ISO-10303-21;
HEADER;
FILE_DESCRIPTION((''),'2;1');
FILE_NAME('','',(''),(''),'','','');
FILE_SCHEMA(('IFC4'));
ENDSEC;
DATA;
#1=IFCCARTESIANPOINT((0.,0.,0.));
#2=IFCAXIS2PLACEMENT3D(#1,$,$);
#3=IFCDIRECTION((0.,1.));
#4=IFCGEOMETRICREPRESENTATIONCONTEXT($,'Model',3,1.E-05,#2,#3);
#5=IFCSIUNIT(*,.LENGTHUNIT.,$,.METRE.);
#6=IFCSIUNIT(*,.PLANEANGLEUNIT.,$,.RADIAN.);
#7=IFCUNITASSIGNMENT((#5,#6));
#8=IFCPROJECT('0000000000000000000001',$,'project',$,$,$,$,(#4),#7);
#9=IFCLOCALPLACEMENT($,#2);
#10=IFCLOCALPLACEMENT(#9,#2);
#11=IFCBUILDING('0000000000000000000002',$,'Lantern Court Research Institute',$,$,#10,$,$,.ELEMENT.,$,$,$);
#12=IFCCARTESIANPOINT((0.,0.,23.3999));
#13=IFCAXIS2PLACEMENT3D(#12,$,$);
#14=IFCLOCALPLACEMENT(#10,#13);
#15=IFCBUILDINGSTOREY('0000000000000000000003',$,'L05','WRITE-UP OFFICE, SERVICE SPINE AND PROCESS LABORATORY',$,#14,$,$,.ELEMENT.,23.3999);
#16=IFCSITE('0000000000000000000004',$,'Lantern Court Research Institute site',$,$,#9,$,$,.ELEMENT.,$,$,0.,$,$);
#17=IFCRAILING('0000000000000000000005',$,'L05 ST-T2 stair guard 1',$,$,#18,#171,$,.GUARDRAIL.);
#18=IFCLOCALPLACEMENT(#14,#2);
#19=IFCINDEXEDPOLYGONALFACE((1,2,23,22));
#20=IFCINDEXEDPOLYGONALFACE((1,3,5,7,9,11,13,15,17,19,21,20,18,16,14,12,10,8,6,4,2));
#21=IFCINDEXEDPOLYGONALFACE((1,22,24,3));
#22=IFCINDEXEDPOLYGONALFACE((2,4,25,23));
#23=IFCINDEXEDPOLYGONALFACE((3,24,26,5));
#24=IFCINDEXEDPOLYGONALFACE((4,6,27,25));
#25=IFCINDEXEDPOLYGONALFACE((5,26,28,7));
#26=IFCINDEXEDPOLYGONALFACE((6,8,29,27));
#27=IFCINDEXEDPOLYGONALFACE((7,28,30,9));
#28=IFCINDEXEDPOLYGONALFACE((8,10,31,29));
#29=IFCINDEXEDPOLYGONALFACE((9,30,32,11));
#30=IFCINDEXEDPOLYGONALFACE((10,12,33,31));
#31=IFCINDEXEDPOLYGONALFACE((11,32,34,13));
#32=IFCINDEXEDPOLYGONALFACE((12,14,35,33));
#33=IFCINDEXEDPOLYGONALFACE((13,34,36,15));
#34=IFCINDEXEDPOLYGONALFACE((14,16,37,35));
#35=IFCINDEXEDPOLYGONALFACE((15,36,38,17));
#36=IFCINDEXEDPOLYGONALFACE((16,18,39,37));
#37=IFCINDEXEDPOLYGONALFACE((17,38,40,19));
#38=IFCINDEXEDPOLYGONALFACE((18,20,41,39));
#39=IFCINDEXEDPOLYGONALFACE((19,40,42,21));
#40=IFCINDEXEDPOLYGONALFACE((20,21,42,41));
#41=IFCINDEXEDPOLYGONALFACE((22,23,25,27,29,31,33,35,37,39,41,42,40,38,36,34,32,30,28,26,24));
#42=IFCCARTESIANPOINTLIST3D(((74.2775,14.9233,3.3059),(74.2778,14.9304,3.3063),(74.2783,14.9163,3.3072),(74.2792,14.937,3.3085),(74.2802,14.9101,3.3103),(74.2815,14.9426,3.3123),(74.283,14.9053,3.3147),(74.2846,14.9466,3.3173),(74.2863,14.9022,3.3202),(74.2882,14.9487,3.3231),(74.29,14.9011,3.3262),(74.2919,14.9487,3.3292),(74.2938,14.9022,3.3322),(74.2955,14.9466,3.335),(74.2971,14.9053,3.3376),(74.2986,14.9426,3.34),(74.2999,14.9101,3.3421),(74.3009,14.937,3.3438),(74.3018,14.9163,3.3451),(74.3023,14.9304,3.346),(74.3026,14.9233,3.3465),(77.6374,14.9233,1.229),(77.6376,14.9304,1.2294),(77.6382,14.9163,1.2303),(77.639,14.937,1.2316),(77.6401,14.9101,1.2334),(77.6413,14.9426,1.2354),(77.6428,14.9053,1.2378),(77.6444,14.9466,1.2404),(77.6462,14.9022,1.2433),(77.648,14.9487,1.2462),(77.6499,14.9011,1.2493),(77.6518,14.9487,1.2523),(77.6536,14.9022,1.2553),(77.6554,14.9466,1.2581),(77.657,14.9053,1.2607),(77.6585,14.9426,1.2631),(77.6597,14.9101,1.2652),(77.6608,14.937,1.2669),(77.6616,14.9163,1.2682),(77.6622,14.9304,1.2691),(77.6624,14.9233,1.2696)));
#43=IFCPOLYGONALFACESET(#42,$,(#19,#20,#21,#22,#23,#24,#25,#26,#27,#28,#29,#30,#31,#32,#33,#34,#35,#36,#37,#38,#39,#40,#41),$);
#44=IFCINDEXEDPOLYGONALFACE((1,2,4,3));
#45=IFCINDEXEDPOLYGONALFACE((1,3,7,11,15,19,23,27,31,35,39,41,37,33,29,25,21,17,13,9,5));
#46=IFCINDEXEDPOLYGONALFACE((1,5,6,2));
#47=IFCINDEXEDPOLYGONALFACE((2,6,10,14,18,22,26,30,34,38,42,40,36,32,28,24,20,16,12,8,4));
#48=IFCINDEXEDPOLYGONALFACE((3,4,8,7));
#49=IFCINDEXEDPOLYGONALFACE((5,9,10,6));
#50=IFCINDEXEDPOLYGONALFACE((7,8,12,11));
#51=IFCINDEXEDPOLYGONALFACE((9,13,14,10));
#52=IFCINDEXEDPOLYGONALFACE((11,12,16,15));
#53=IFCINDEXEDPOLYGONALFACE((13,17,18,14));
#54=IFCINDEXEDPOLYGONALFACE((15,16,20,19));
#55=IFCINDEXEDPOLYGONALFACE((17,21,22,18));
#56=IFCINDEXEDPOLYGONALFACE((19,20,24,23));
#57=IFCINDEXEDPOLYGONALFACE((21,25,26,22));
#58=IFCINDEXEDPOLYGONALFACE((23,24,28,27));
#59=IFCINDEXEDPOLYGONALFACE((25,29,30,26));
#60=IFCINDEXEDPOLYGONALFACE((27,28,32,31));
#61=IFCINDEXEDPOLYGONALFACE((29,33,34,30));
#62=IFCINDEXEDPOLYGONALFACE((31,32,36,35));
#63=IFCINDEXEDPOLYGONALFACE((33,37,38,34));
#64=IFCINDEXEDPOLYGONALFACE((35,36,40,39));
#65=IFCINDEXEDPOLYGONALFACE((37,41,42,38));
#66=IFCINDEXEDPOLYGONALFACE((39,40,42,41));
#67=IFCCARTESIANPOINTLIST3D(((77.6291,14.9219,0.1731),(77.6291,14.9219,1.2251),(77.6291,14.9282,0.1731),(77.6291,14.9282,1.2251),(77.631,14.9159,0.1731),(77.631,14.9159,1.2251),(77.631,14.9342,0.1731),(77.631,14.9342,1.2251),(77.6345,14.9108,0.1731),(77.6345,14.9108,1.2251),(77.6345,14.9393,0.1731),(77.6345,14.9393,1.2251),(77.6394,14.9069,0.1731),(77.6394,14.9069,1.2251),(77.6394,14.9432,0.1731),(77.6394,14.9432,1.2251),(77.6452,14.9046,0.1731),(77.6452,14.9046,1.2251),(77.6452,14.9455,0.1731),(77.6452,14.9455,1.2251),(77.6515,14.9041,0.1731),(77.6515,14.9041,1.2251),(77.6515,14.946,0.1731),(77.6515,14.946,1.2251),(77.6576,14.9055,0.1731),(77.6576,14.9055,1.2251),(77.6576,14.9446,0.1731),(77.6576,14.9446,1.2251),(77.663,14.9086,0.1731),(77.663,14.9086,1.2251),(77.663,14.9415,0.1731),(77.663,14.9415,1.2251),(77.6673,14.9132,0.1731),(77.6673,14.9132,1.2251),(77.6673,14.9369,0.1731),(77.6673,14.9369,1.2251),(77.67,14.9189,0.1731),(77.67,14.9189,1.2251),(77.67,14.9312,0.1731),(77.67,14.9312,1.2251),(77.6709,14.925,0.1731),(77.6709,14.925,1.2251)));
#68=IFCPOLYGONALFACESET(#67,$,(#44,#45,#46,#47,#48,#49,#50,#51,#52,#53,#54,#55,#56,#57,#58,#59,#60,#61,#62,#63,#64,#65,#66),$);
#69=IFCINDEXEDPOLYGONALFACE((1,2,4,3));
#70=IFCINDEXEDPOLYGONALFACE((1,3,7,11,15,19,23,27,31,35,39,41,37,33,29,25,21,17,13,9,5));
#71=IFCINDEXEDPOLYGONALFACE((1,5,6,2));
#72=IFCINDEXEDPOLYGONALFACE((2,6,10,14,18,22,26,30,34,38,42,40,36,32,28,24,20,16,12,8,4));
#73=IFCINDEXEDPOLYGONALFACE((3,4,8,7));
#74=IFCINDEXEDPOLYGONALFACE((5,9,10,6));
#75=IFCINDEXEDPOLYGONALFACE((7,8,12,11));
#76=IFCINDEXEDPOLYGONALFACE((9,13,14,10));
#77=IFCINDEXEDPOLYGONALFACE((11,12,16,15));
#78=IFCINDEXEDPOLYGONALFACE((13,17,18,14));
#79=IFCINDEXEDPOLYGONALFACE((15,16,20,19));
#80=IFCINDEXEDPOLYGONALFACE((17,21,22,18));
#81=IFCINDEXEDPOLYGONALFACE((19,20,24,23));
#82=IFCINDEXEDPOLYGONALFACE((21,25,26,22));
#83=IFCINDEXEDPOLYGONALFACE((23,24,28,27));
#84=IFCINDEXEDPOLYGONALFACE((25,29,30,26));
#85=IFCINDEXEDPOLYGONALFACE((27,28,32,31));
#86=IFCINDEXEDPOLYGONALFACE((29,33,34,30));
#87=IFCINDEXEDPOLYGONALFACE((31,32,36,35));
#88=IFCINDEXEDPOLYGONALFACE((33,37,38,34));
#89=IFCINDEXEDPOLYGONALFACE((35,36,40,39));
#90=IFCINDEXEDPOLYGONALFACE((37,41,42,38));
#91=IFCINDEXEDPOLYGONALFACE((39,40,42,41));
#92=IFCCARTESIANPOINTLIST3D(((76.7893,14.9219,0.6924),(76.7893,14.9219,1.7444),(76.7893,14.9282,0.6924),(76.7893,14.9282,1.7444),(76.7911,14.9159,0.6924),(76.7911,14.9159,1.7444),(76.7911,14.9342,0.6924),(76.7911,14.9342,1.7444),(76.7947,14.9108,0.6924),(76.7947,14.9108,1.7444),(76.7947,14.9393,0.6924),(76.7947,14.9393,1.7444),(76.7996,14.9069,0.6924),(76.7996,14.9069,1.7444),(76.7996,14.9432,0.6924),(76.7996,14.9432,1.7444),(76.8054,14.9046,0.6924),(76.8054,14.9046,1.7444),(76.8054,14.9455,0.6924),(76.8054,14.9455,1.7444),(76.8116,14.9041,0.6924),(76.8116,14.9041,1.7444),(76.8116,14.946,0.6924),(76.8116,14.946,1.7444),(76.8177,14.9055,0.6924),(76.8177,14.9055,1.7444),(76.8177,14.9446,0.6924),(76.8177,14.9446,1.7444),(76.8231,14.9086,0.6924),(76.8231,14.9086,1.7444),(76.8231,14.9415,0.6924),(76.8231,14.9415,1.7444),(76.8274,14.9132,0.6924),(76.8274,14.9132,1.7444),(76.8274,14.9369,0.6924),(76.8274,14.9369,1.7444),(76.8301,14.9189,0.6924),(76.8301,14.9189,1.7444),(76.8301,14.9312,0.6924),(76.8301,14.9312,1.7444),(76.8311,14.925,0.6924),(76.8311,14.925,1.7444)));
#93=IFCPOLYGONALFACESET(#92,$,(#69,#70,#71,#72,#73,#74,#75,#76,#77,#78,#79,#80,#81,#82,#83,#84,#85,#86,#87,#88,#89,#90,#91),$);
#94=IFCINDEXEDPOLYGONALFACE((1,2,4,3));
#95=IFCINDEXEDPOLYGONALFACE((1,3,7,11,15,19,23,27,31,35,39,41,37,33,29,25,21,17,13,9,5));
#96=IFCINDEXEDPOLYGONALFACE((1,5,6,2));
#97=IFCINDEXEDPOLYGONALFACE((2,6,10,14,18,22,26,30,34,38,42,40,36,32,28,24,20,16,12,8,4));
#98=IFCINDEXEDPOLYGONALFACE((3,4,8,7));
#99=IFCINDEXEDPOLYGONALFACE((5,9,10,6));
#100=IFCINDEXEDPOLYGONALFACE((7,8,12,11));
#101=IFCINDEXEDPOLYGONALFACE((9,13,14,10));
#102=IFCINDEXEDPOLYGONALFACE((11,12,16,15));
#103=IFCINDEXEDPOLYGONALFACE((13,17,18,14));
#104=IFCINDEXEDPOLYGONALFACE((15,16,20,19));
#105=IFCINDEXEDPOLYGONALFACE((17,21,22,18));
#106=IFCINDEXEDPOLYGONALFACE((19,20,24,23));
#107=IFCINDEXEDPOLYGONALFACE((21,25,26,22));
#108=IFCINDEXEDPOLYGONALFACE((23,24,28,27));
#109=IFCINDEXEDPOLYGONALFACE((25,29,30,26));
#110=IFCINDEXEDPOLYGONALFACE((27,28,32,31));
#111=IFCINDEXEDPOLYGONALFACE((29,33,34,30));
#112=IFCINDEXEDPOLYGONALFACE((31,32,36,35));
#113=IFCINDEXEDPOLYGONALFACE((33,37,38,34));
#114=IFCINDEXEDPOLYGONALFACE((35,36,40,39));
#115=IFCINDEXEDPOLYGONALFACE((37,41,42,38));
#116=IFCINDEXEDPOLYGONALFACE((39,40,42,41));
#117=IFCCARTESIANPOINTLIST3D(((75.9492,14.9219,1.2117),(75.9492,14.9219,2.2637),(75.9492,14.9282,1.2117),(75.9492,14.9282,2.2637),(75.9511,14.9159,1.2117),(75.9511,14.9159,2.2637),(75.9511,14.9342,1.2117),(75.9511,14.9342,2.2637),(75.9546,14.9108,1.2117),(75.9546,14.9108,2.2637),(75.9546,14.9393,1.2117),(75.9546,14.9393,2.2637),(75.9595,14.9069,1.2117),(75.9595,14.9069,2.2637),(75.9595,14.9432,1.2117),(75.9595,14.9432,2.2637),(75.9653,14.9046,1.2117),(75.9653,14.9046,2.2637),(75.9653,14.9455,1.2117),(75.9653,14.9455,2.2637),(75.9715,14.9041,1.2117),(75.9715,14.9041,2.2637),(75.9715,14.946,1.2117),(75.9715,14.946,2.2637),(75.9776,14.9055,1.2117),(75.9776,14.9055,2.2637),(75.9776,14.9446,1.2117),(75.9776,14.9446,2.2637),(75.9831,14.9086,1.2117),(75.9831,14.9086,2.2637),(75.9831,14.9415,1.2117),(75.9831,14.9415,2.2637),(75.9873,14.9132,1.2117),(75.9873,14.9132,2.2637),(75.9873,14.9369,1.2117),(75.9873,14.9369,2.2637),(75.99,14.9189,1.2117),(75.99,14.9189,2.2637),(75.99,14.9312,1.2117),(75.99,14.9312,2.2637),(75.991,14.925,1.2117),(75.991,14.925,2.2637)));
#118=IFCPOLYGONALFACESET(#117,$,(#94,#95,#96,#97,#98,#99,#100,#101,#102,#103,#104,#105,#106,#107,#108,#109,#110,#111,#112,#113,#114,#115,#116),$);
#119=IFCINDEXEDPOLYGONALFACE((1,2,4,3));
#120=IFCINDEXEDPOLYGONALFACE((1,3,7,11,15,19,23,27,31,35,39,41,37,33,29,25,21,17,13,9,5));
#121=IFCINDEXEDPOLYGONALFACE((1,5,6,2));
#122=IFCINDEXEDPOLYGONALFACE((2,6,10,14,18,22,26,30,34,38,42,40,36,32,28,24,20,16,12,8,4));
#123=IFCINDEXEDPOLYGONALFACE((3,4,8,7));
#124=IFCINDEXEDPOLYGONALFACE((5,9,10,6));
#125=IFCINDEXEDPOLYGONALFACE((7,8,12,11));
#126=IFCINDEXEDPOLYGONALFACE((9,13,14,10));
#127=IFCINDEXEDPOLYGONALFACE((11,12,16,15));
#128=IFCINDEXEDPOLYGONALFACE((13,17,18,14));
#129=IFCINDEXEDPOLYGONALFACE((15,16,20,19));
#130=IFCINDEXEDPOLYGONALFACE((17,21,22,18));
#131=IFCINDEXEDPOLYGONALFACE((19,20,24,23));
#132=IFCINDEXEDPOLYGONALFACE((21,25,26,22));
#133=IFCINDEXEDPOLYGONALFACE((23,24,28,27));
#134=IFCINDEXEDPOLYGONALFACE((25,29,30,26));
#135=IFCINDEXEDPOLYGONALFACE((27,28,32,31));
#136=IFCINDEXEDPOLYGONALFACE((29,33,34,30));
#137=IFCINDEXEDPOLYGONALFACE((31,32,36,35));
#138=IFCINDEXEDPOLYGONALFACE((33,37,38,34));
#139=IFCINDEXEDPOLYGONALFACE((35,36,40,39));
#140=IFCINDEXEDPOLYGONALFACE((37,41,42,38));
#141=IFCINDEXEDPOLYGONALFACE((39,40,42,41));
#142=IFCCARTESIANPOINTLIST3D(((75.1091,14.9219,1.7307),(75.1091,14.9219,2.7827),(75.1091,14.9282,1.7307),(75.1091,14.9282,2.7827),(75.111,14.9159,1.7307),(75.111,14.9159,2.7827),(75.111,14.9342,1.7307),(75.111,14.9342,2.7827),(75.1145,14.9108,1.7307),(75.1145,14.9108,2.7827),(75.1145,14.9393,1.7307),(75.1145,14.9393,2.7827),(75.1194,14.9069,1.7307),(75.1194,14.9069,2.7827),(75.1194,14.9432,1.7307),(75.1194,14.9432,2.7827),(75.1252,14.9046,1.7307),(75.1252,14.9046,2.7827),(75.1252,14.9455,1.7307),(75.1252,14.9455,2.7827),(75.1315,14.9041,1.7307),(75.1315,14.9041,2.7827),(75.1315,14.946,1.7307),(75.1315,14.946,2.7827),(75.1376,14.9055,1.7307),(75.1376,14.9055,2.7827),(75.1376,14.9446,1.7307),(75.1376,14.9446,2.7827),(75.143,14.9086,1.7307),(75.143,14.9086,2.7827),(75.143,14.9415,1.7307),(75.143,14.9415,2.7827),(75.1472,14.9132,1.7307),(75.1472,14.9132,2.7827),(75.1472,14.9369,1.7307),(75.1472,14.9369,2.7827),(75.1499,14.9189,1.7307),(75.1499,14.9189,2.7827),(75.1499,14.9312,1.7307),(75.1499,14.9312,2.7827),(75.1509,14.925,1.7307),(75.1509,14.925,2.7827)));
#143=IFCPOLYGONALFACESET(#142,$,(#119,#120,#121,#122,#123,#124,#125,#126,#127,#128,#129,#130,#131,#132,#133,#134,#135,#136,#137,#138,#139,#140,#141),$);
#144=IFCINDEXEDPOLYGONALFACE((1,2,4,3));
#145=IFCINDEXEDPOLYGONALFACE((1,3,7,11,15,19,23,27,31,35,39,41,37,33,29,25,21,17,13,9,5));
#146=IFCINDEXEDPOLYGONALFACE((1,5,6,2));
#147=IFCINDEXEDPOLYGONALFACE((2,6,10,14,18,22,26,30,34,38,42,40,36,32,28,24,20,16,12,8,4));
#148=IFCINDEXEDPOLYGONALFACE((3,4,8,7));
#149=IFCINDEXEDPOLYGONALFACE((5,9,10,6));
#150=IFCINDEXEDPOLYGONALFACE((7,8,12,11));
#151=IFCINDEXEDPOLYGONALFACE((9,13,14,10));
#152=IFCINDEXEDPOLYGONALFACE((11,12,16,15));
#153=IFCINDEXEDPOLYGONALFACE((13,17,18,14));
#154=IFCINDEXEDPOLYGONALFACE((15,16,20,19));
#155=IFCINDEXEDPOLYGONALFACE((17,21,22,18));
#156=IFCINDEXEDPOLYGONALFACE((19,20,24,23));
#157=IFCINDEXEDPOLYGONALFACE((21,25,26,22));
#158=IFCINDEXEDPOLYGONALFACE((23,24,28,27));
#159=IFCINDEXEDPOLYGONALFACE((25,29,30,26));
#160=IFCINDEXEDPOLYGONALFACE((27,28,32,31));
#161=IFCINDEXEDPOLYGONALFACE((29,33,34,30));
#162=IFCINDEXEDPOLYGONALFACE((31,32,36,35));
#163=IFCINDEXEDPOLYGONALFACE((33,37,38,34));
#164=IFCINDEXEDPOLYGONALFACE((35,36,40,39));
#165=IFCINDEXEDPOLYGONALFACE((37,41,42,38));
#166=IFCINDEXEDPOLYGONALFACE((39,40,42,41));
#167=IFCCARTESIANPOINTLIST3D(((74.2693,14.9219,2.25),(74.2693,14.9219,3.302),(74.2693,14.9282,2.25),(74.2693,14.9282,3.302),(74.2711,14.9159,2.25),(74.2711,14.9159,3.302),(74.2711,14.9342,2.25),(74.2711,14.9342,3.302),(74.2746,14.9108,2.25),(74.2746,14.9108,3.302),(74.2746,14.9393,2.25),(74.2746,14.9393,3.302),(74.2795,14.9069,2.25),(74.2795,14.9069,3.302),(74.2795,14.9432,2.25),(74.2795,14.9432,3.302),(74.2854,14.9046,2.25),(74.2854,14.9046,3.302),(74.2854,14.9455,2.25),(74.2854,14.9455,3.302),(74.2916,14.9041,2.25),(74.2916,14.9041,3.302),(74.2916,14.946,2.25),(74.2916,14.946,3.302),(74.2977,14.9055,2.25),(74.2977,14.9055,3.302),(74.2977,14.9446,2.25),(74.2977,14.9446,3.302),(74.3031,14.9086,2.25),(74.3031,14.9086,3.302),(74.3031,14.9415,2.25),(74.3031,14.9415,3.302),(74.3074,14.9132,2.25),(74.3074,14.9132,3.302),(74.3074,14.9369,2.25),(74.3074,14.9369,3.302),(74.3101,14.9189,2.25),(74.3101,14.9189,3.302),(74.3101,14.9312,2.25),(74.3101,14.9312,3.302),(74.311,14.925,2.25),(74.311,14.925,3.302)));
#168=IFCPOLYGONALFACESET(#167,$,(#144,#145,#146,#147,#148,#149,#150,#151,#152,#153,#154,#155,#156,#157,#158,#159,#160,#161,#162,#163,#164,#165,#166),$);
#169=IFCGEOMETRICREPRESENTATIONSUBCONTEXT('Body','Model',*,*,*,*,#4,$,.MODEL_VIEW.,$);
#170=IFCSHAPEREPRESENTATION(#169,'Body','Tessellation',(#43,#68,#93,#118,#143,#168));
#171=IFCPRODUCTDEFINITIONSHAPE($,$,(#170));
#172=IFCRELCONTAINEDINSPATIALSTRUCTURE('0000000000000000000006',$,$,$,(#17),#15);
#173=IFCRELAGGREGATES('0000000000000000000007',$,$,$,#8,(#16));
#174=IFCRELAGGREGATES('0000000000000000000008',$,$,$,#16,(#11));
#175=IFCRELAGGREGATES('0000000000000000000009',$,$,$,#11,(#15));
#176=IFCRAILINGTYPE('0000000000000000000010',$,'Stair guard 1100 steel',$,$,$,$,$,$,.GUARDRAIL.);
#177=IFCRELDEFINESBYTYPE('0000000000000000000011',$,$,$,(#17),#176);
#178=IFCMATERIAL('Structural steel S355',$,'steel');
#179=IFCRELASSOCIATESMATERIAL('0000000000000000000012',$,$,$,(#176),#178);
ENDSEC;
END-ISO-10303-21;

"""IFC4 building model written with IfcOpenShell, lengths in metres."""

from ifc_helpers import new_model, si_unit, direction, frame, origin, origin_2d, place, context, subcontext, project, spatial, circle, extrude, material, type_object, element, save


model = new_model("IFC4")

# Units and contexts
model_context = context("Model", 3, precision=1e-05, world=origin(), true_north=direction((0.0, 1.0)))
body_context = subcontext(model_context, "Body", "Model", "MODEL_VIEW")
ifc_project = project(units=[si_unit("LENGTHUNIT", "METRE"), si_unit("PLANEANGLEUNIT", "RADIAN")], contexts=[model_context])

# Site, building, storey
site_placement = place(None, origin())
site = spatial("IfcSite", under=ifc_project, at=site_placement, Name="Lantern Court Research Institute site", CompositionType="ELEMENT", RefElevation=0.0)
building_placement = place(site_placement, origin())
building = spatial("IfcBuilding", under=site, at=building_placement, Name="Lantern Court Research Institute", CompositionType="ELEMENT")
storey_placement = place(building_placement, frame((0.0, 0.0, 23.3999)))
storey = spatial("IfcBuildingStorey", under=building, at=storey_placement, Name="L05", Description="WRITE-UP OFFICE, SERVICE SPINE AND PROCESS LABORATORY", CompositionType="ELEMENT", Elevation=23.3999)

# Railing
ifc_material_1 = material(Name="Structural steel S355", Category="steel")
railing_type_1 = type_object("IfcRailingType", Name="Stair guard 1100 steel", PredefinedType="GUARDRAIL", material=ifc_material_1)
railing_1_placement = place(storey_placement, frame((77.6499, 14.925, 0.1731)))
element("IfcRailing", 1, at=railing_1_placement, inside=storey, type_object=railing_type_1, Name="L05 ST-T2 stair guard 1", PredefinedType="GUARDRAIL", context=body_context, shape_type="SweptSolid", body=[
    extrude(circle(Radius=0.0239, at=origin_2d()), frame((0.0, 0.0, 1.0762), z_axis=(-0.850606, 0.0, 0.525803), x_axis=(0.0, -1.0, 0.0)), (0.0, 0.0, 1.0), 3.95),
    extrude(circle(Radius=0.021, at=origin_2d()), origin(), (0.0, 0.0, 1.0), 1.052),
    extrude(circle(Radius=0.021, at=origin_2d()), frame((-0.8398, 0.0, 0.5193)), (0.0, 0.0, 1.0), 1.052),
    extrude(circle(Radius=0.021, at=origin_2d()), frame((-1.6799, 0.0, 1.0386)), (0.0, 0.0, 1.0), 1.052),
    extrude(circle(Radius=0.021, at=origin_2d()), frame((-2.52, 0.0, 1.5576)), (0.0, 0.0, 1.0), 1.052),
    extrude(circle(Radius=0.021, at=origin_2d()), frame((-3.3599, 0.0, 2.0769)), (0.0, 0.0, 1.0), 1.052),
])

save(model, "model.ifc")
